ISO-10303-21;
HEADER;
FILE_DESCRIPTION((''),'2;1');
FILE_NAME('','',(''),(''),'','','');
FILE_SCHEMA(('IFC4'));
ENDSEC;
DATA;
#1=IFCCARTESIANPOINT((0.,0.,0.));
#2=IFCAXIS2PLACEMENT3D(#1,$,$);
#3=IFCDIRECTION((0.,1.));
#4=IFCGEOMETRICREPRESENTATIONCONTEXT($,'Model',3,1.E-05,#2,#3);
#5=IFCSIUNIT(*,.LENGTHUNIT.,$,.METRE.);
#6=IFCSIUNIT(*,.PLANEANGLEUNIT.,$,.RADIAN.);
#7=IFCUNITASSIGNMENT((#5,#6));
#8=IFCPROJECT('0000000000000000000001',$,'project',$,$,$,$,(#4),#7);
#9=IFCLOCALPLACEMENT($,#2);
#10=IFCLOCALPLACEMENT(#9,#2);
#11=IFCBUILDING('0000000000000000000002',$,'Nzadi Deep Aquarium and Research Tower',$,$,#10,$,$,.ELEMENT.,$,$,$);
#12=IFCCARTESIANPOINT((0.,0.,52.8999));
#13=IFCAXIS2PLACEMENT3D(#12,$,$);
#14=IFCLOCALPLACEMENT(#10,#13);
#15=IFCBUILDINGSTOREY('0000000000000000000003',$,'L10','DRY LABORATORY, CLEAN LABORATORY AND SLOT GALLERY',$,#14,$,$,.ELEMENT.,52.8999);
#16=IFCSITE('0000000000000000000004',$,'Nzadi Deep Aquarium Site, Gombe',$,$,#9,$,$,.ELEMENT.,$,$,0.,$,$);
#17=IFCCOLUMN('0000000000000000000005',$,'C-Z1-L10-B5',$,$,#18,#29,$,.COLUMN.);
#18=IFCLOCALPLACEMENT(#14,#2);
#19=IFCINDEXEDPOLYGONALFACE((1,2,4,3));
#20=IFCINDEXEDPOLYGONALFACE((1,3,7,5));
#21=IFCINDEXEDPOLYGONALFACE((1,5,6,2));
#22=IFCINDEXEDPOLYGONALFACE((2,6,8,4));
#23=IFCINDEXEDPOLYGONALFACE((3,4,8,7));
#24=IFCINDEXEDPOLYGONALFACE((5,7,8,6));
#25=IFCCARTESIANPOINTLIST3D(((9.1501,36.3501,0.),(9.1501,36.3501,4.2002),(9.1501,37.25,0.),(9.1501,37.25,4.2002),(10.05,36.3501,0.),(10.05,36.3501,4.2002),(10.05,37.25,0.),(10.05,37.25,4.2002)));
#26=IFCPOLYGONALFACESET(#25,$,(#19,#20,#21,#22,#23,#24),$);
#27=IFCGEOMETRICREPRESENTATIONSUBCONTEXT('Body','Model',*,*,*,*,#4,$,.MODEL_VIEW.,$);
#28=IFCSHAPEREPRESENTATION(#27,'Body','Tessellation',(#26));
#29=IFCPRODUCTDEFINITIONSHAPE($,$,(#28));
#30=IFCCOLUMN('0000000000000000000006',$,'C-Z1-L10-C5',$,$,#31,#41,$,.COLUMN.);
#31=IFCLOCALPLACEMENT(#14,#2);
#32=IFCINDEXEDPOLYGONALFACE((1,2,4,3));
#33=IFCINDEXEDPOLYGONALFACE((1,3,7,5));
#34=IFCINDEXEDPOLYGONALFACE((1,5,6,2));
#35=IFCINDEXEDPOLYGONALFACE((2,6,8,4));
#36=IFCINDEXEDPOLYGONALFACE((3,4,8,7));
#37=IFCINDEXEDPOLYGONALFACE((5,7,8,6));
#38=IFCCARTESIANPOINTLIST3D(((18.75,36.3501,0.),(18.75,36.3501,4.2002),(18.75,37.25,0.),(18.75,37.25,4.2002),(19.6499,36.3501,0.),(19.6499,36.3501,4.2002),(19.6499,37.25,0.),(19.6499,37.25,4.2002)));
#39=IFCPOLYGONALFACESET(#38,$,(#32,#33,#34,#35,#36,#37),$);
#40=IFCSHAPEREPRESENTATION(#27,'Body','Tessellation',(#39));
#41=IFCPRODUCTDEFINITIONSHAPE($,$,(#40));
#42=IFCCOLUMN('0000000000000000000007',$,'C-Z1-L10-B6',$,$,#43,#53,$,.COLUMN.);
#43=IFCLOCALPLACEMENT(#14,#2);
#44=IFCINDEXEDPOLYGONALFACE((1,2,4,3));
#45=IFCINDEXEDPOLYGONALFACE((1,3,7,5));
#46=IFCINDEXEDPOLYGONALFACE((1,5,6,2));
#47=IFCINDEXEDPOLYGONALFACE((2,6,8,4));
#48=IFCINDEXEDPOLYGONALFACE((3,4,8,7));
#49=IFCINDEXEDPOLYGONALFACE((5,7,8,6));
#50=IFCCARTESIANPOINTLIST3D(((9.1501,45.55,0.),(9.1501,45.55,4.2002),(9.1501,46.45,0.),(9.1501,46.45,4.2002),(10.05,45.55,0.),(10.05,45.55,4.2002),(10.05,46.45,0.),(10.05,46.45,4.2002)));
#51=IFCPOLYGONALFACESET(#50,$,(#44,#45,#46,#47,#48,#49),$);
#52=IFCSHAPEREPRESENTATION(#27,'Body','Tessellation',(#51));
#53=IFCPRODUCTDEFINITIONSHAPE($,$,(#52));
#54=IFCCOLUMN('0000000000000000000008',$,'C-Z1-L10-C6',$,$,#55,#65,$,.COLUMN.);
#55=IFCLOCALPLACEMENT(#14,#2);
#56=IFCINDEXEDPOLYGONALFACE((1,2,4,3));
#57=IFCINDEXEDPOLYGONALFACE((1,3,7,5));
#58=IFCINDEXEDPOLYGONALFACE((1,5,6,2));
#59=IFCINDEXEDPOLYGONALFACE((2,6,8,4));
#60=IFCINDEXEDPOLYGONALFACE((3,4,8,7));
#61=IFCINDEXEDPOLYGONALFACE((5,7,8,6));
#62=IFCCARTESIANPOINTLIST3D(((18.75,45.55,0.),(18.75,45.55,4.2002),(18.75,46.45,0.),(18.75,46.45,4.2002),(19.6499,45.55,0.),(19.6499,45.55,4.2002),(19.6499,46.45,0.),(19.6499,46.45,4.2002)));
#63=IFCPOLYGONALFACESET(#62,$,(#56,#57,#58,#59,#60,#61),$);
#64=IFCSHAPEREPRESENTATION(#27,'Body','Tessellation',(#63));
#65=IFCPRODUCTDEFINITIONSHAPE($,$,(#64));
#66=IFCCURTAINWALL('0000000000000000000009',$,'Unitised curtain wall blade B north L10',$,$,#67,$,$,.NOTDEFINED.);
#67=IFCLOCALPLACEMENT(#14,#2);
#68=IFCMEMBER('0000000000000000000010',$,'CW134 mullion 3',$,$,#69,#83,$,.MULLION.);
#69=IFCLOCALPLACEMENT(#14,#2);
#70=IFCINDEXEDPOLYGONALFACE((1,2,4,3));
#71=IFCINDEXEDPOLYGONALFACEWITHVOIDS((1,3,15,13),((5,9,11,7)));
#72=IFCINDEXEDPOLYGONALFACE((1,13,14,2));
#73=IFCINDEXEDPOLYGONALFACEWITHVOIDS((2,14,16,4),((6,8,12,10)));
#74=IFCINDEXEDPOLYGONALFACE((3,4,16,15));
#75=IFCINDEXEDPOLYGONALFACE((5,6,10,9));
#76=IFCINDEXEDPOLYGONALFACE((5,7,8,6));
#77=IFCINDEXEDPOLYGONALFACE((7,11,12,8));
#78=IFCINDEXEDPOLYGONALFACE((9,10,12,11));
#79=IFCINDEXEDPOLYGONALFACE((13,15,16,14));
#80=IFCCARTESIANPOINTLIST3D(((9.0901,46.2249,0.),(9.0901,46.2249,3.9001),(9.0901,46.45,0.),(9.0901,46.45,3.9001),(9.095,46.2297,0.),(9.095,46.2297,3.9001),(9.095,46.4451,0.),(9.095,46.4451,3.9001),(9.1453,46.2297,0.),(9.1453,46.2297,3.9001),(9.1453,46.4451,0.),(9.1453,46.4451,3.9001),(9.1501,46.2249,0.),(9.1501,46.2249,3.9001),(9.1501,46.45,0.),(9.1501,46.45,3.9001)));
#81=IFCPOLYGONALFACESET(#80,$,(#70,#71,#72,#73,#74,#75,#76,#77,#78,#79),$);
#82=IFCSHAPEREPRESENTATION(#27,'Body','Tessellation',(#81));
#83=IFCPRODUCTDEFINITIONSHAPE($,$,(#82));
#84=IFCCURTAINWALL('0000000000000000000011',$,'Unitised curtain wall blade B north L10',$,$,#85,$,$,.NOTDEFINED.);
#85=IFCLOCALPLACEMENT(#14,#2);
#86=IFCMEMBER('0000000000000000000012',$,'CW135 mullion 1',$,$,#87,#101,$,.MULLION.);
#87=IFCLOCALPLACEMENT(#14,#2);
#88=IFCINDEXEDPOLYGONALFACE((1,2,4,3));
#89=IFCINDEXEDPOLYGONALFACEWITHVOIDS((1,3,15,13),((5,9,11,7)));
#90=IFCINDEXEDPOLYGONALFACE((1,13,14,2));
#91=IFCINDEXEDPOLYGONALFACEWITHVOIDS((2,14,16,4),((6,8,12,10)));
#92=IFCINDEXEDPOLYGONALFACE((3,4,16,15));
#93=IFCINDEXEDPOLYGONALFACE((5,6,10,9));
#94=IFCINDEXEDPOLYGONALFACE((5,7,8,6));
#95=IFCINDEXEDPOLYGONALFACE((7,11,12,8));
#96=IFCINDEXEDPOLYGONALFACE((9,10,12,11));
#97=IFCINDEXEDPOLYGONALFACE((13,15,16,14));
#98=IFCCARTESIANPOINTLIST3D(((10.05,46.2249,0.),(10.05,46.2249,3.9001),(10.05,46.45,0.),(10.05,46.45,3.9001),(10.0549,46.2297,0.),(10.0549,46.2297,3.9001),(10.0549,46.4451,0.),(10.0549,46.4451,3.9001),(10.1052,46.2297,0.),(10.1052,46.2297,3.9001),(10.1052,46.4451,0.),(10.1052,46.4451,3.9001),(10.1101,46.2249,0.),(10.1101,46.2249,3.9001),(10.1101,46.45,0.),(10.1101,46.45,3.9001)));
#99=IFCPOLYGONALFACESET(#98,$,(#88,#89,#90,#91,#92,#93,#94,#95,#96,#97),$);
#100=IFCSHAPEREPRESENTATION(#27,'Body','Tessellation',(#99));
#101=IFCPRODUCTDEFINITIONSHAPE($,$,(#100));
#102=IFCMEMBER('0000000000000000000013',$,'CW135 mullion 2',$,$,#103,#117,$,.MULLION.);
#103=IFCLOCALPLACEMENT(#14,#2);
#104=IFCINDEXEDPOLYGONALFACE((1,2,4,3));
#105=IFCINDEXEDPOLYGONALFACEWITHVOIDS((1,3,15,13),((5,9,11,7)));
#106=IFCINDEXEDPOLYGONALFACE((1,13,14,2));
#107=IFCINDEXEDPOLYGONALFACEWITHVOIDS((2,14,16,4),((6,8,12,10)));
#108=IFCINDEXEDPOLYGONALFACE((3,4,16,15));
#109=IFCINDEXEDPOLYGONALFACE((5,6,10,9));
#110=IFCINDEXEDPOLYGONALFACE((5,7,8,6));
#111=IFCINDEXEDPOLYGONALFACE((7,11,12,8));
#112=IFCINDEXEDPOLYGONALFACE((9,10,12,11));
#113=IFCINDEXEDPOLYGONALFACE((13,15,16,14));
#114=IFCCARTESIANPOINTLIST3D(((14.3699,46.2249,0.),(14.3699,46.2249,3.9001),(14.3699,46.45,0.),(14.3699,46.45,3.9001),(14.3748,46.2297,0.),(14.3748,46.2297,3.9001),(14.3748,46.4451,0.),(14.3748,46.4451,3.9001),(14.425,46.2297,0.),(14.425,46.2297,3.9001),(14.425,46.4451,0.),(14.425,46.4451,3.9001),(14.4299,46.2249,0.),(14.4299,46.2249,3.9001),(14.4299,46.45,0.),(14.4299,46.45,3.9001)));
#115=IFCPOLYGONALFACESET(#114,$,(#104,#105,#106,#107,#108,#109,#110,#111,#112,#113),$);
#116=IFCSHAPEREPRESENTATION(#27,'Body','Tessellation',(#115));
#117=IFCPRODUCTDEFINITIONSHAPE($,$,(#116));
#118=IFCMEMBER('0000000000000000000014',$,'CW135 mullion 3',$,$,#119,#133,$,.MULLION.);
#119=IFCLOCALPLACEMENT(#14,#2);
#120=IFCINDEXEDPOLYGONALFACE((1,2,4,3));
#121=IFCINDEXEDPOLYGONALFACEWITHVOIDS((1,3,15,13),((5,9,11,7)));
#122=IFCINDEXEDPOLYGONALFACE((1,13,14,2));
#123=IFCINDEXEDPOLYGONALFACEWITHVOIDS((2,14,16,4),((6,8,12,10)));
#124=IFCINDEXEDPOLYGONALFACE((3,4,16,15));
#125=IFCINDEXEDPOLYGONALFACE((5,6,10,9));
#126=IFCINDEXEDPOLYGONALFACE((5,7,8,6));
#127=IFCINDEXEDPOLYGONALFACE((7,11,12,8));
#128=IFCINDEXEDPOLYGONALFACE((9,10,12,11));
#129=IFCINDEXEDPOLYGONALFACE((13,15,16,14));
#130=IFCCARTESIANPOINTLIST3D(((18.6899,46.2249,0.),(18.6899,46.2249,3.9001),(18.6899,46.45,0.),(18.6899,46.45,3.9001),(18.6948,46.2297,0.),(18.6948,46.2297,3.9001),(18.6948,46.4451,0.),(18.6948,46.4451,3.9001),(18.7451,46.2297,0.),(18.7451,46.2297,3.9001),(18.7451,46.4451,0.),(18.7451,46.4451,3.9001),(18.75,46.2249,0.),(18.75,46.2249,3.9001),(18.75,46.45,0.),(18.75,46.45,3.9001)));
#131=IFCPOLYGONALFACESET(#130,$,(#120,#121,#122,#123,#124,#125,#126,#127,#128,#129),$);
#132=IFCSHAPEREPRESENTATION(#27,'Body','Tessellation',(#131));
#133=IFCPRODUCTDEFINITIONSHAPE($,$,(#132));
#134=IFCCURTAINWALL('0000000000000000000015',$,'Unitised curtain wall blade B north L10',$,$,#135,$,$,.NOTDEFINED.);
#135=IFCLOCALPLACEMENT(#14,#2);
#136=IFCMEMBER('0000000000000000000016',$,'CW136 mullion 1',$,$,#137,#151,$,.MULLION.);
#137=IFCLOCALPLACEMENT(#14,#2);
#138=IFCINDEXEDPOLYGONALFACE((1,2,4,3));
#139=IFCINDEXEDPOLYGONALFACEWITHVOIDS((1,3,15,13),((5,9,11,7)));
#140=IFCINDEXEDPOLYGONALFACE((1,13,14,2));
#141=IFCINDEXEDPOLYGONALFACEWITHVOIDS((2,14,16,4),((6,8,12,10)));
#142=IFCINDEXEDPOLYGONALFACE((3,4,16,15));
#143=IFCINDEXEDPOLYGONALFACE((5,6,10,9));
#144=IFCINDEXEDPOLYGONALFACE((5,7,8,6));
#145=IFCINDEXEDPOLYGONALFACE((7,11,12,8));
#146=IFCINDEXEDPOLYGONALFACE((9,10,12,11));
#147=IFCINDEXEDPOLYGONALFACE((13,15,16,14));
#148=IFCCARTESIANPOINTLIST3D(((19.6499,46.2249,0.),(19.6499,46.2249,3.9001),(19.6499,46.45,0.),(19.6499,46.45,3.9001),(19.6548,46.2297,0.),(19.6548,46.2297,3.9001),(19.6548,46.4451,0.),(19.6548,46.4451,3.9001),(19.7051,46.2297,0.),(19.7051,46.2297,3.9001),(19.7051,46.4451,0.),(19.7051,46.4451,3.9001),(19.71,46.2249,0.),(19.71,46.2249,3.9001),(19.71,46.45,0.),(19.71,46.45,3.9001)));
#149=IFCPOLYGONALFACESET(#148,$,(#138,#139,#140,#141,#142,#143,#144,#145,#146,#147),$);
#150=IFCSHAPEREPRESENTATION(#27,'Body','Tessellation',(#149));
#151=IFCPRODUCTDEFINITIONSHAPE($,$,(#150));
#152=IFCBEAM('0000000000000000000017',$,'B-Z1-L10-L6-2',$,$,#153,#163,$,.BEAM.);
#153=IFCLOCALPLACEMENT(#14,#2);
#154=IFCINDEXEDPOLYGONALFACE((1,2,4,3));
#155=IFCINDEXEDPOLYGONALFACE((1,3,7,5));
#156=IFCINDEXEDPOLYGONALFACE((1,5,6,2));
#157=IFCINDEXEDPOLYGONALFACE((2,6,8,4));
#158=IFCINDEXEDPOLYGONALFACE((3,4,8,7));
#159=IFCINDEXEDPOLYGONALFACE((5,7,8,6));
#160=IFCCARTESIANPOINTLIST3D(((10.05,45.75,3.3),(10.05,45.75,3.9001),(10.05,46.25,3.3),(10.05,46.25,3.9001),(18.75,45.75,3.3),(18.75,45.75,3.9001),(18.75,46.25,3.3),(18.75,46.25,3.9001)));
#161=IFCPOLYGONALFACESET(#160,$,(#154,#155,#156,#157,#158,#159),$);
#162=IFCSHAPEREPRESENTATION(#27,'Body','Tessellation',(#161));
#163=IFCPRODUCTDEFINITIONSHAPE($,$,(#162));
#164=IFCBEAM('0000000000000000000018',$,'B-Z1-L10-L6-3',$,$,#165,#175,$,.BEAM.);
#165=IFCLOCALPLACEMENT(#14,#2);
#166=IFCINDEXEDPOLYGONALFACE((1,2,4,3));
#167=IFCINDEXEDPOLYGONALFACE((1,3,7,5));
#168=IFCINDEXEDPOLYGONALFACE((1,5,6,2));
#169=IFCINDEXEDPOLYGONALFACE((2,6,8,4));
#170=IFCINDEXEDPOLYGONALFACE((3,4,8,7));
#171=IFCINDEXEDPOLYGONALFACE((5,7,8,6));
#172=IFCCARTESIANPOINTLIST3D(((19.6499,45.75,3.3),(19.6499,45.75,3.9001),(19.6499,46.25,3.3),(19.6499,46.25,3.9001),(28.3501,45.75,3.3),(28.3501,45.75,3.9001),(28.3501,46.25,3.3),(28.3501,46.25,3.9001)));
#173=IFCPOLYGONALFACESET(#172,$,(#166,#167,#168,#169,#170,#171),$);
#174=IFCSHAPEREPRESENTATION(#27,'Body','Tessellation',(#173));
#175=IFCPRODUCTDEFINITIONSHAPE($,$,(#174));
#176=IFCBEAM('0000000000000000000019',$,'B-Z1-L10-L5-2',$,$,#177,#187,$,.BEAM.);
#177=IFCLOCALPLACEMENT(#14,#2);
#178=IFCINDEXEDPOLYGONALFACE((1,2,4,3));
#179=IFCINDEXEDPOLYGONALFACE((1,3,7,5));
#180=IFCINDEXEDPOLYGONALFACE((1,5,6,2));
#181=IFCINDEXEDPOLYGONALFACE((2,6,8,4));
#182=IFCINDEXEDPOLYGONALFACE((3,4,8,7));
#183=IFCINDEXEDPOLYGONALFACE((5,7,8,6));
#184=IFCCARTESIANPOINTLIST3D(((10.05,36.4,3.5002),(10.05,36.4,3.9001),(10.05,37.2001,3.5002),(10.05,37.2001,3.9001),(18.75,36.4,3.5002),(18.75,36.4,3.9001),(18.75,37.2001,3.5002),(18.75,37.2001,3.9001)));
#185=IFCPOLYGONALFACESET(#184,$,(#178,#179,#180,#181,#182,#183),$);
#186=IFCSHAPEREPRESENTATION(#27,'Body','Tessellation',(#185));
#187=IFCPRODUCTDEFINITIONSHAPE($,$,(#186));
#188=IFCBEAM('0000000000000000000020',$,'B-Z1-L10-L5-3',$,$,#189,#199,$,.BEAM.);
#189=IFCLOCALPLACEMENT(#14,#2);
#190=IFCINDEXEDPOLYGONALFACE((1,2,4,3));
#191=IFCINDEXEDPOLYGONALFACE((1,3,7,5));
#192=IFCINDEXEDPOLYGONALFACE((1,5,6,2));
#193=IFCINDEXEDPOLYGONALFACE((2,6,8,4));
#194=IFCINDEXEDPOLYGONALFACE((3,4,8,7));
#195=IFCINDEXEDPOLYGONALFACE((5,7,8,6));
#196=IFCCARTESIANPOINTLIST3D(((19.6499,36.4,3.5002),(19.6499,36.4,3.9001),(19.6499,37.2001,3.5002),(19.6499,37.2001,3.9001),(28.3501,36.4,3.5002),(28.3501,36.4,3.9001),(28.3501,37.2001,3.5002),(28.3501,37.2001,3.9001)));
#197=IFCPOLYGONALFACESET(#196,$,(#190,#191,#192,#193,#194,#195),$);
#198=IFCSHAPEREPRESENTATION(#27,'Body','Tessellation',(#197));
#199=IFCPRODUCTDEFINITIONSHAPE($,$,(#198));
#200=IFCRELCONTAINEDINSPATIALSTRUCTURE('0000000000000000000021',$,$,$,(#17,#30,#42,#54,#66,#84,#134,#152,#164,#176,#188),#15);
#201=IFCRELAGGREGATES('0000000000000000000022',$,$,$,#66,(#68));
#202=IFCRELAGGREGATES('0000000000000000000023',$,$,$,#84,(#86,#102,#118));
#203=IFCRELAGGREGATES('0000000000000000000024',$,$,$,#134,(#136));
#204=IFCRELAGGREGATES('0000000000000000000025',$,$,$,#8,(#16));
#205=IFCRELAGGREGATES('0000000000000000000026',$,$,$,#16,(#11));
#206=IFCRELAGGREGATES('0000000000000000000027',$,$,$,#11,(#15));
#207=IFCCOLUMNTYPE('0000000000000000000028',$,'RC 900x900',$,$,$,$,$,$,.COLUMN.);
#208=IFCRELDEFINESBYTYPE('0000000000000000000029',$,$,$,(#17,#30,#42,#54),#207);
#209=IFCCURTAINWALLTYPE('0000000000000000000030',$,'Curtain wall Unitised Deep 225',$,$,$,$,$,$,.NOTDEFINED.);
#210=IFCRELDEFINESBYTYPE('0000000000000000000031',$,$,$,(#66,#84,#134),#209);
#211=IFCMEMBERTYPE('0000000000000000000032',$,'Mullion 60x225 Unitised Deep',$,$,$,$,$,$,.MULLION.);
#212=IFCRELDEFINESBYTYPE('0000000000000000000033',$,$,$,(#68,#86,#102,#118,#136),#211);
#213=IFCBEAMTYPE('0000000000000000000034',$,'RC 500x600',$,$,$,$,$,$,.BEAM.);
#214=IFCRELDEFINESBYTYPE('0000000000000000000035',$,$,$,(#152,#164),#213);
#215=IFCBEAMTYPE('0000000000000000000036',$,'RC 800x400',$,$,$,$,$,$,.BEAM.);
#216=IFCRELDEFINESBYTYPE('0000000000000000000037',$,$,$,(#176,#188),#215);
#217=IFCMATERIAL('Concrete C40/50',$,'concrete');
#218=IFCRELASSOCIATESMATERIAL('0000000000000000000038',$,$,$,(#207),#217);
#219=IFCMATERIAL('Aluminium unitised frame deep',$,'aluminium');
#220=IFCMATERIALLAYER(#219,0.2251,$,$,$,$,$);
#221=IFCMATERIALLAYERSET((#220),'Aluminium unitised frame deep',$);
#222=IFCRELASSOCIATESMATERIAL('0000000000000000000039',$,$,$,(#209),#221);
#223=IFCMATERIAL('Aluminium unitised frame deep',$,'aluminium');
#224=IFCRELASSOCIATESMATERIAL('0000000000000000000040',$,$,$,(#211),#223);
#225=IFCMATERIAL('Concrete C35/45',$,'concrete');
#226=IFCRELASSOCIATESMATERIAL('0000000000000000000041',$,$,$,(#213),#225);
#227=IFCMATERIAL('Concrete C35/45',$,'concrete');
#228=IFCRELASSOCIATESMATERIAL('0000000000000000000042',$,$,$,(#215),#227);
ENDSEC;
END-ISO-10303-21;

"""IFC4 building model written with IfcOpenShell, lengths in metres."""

from ifc_helpers import new_model, si_unit, direction, frame, origin, origin_2d, place, context, subcontext, project, spatial, rectangle, hollow_rectangle, extrude, material, layer, layer_set, material_profile, profile_set, type_object, element, aggregate, save


model = new_model("IFC4")

# Units and contexts
model_context = context("Model", 3, precision=1e-05, world=origin(), true_north=direction((0.0, 1.0)))
body_context = subcontext(model_context, "Body", "Model", "MODEL_VIEW")
ifc_project = project(units=[si_unit("LENGTHUNIT", "METRE"), si_unit("PLANEANGLEUNIT", "RADIAN")], contexts=[model_context])

# Site, building, storey
site_placement = place(None, origin())
site = spatial("IfcSite", under=ifc_project, at=site_placement, Name="Nzadi Deep Aquarium Site, Gombe", CompositionType="ELEMENT", RefElevation=0.0)
building_placement = place(site_placement, origin())
building = spatial("IfcBuilding", under=site, at=building_placement, Name="Nzadi Deep Aquarium and Research Tower", CompositionType="ELEMENT")
storey_placement = place(building_placement, frame((0.0, 0.0, 52.8999)))
storey = spatial("IfcBuildingStorey", under=building, at=storey_placement, Name="L10", Description="DRY LABORATORY, CLEAN LABORATORY AND SLOT GALLERY", CompositionType="ELEMENT", Elevation=52.8999)

# Columns
ifc_material_1 = material(Name="Concrete C40/50", Category="concrete")
ifc_material_profile_1 = material_profile(ifc_material_1, rectangle(XDim=0.8999, YDim=0.8999, at=origin_2d()))
ifc_profile_set_1 = profile_set([ifc_material_profile_1], Name="Concrete C40/50")
column_type = type_object("IfcColumnType", Name="RC 900x900", PredefinedType="COLUMN", material=ifc_profile_set_1)
for number, where, z_axis, x_axis, name in (
    (1, (9.6001, 36.8, 0.0), (0.0, 0.0, 1.0), (1.0, 0.0, 0.0), "C-Z1-L10-B5"),
    (2, (19.2, 36.8, 0.0), (0.0, 0.0, 1.0), (1.0, 0.0, 0.0), "C-Z1-L10-C5"),
    (3, (9.6001, 46.0, 0.0), (0.0, 0.0, 1.0), (1.0, 0.0, 0.0), "C-Z1-L10-B6"),
    (4, (19.2, 46.0, 0.0), (0.0, 0.0, 1.0), (1.0, 0.0, 0.0), "C-Z1-L10-C6"),
):
    element("IfcColumn", number, at=place(storey_placement, frame(where, z_axis=z_axis, x_axis=x_axis)), inside=storey, type_object=column_type, Name=name, PredefinedType="COLUMN", context=body_context, shape_type="SweptSolid", body=[
        extrude(rectangle(XDim=0.8999, YDim=0.8999, at=origin_2d()), origin(), (0.0, 0.0, 1.0), 4.2002),
    ])

# Curtain wall, member
ifc_material_2 = material(Name="Aluminium unitised frame deep", Category="aluminium")
ifc_layer_1 = layer(ifc_material_2, 0.2251)
ifc_layer_set_1 = layer_set([ifc_layer_1], Name="Aluminium unitised frame deep")
curtain_wall_type = type_object("IfcCurtainWallType", Name="Curtain wall Unitised Deep 225", PredefinedType="NOTDEFINED", material=ifc_layer_set_1)
curtain_wall_1_placement = place(storey_placement, origin())
curtain_wall_1 = element("IfcCurtainWall", 5, at=curtain_wall_1_placement, inside=storey, type_object=curtain_wall_type, Name="Unitised curtain wall blade B north L10", PredefinedType="NOTDEFINED")
ifc_material_3 = material(Name="Aluminium unitised frame deep", Category="aluminium")
ifc_material_profile_2 = material_profile(ifc_material_3, hollow_rectangle(XDim=0.2251, YDim=0.0601, WallThickness=0.0049, at=origin_2d()))
ifc_profile_set_2 = profile_set([ifc_material_profile_2], Name="Aluminium unitised frame deep")
member_type_1 = type_object("IfcMemberType", Name="Mullion 60x225 Unitised Deep", PredefinedType="MULLION", material=ifc_profile_set_2)
member_1_placement = place(storey_placement, frame((9.1201, 46.3374, 0.0), z_axis=(0.0, 0.0, 1.0), x_axis=(0.0, 1.0, 0.0)))
member_1 = element("IfcMember", 6, at=member_1_placement, type_object=member_type_1, Name="CW134 mullion 3", PredefinedType="MULLION", context=body_context, shape_type="SweptSolid", body=[
    extrude(hollow_rectangle(XDim=0.2251, YDim=0.0601, WallThickness=0.0049, at=origin_2d()), origin(), (0.0, 0.0, 1.0), 3.9001),
])
aggregate(curtain_wall_1, [member_1])

# Curtain wall, members
curtain_wall_2_placement = place(storey_placement, origin())
curtain_wall_2 = element("IfcCurtainWall", 7, at=curtain_wall_2_placement, inside=storey, type_object=curtain_wall_type, Name="Unitised curtain wall blade B north L10", PredefinedType="NOTDEFINED")
member_2_placement = place(storey_placement, frame((10.0801, 46.3374, 0.0), z_axis=(0.0, 0.0, 1.0), x_axis=(0.0, 1.0, 0.0)))
member_2 = element("IfcMember", 8, at=member_2_placement, type_object=member_type_1, Name="CW135 mullion 1", PredefinedType="MULLION", context=body_context, shape_type="SweptSolid", body=[
    extrude(hollow_rectangle(XDim=0.2251, YDim=0.0601, WallThickness=0.0049, at=origin_2d()), origin(), (0.0, 0.0, 1.0), 3.9001),
])
member_3_placement = place(storey_placement, frame((14.3999, 46.3374, 0.0), z_axis=(0.0, 0.0, 1.0), x_axis=(0.0, 1.0, 0.0)))
member_3 = element("IfcMember", 9, at=member_3_placement, type_object=member_type_1, Name="CW135 mullion 2", PredefinedType="MULLION", context=body_context, shape_type="SweptSolid", body=[
    extrude(hollow_rectangle(XDim=0.2251, YDim=0.0601, WallThickness=0.0049, at=origin_2d()), origin(), (0.0, 0.0, 1.0), 3.9001),
])
member_4_placement = place(storey_placement, frame((18.72, 46.3374, 0.0), z_axis=(0.0, 0.0, 1.0), x_axis=(0.0, 1.0, 0.0)))
member_4 = element("IfcMember", 10, at=member_4_placement, type_object=member_type_1, Name="CW135 mullion 3", PredefinedType="MULLION", context=body_context, shape_type="SweptSolid", body=[
    extrude(hollow_rectangle(XDim=0.2251, YDim=0.0601, WallThickness=0.0049, at=origin_2d()), origin(), (0.0, 0.0, 1.0), 3.9001),
])

# Curtain wall, member
curtain_wall_3_placement = place(storey_placement, origin())
curtain_wall_3 = element("IfcCurtainWall", 11, at=curtain_wall_3_placement, inside=storey, type_object=curtain_wall_type, Name="Unitised curtain wall blade B north L10", PredefinedType="NOTDEFINED")
member_5_placement = place(storey_placement, frame((19.6799, 46.3374, 0.0), z_axis=(0.0, 0.0, 1.0), x_axis=(0.0, 1.0, 0.0)))
member_5 = element("IfcMember", 12, at=member_5_placement, type_object=member_type_1, Name="CW136 mullion 1", PredefinedType="MULLION", context=body_context, shape_type="SweptSolid", body=[
    extrude(hollow_rectangle(XDim=0.2251, YDim=0.0601, WallThickness=0.0049, at=origin_2d()), origin(), (0.0, 0.0, 1.0), 3.9001),
])

# Beams
ifc_material_4 = material(Name="Concrete C35/45", Category="concrete")
ifc_material_profile_3 = material_profile(ifc_material_4, rectangle(XDim=0.5, YDim=0.6001, at=origin_2d()))
ifc_profile_set_3 = profile_set([ifc_material_profile_3], Name="Concrete C35/45")
beam_type_1 = type_object("IfcBeamType", Name="RC 500x600", PredefinedType="BEAM", material=ifc_profile_set_3)
beam_1_placement = place(storey_placement, frame((10.05, 46.0, 3.6001), z_axis=(1.0, 0.0, 0.0), x_axis=(0.0, 1.0, 0.0)))
element("IfcBeam", 13, at=beam_1_placement, inside=storey, type_object=beam_type_1, Name="B-Z1-L10-L6-2", PredefinedType="BEAM", context=body_context, shape_type="SweptSolid", body=[
    extrude(rectangle(XDim=0.5, YDim=0.6001, at=origin_2d()), origin(), (0.0, 0.0, 1.0), 8.7),
])
beam_2_placement = place(storey_placement, frame((19.6499, 46.0, 3.6001), z_axis=(1.0, 0.0, 0.0), x_axis=(0.0, 1.0, 0.0)))
element("IfcBeam", 14, at=beam_2_placement, inside=storey, type_object=beam_type_1, Name="B-Z1-L10-L6-3", PredefinedType="BEAM", context=body_context, shape_type="SweptSolid", body=[
    extrude(rectangle(XDim=0.5, YDim=0.6001, at=origin_2d()), origin(), (0.0, 0.0, 1.0), 8.7002),
])
ifc_material_5 = material(Name="Concrete C35/45", Category="concrete")
ifc_material_profile_4 = material_profile(ifc_material_5, rectangle(XDim=0.8, YDim=0.3999, at=origin_2d()))
ifc_profile_set_4 = profile_set([ifc_material_profile_4], Name="Concrete C35/45")
beam_type_2 = type_object("IfcBeamType", Name="RC 800x400", PredefinedType="BEAM", material=ifc_profile_set_4)
beam_3_placement = place(storey_placement, frame((10.05, 36.8, 3.7002), z_axis=(1.0, 0.0, 0.0), x_axis=(0.0, 1.0, 0.0)))
element("IfcBeam", 15, at=beam_3_placement, inside=storey, type_object=beam_type_2, Name="B-Z1-L10-L5-2", PredefinedType="BEAM", context=body_context, shape_type="SweptSolid", body=[
    extrude(rectangle(XDim=0.8, YDim=0.3999, at=origin_2d()), origin(), (0.0, 0.0, 1.0), 8.7),
])
beam_4_placement = place(storey_placement, frame((19.6499, 36.8, 3.7002), z_axis=(1.0, 0.0, 0.0), x_axis=(0.0, 1.0, 0.0)))
element("IfcBeam", 16, at=beam_4_placement, inside=storey, type_object=beam_type_2, Name="B-Z1-L10-L5-3", PredefinedType="BEAM", context=body_context, shape_type="SweptSolid", body=[
    extrude(rectangle(XDim=0.8, YDim=0.3999, at=origin_2d()), origin(), (0.0, 0.0, 1.0), 8.7002),
])

aggregate(curtain_wall_2, [member_2, member_3, member_4])
aggregate(curtain_wall_3, [member_5])

save(model, "model.ifc")
